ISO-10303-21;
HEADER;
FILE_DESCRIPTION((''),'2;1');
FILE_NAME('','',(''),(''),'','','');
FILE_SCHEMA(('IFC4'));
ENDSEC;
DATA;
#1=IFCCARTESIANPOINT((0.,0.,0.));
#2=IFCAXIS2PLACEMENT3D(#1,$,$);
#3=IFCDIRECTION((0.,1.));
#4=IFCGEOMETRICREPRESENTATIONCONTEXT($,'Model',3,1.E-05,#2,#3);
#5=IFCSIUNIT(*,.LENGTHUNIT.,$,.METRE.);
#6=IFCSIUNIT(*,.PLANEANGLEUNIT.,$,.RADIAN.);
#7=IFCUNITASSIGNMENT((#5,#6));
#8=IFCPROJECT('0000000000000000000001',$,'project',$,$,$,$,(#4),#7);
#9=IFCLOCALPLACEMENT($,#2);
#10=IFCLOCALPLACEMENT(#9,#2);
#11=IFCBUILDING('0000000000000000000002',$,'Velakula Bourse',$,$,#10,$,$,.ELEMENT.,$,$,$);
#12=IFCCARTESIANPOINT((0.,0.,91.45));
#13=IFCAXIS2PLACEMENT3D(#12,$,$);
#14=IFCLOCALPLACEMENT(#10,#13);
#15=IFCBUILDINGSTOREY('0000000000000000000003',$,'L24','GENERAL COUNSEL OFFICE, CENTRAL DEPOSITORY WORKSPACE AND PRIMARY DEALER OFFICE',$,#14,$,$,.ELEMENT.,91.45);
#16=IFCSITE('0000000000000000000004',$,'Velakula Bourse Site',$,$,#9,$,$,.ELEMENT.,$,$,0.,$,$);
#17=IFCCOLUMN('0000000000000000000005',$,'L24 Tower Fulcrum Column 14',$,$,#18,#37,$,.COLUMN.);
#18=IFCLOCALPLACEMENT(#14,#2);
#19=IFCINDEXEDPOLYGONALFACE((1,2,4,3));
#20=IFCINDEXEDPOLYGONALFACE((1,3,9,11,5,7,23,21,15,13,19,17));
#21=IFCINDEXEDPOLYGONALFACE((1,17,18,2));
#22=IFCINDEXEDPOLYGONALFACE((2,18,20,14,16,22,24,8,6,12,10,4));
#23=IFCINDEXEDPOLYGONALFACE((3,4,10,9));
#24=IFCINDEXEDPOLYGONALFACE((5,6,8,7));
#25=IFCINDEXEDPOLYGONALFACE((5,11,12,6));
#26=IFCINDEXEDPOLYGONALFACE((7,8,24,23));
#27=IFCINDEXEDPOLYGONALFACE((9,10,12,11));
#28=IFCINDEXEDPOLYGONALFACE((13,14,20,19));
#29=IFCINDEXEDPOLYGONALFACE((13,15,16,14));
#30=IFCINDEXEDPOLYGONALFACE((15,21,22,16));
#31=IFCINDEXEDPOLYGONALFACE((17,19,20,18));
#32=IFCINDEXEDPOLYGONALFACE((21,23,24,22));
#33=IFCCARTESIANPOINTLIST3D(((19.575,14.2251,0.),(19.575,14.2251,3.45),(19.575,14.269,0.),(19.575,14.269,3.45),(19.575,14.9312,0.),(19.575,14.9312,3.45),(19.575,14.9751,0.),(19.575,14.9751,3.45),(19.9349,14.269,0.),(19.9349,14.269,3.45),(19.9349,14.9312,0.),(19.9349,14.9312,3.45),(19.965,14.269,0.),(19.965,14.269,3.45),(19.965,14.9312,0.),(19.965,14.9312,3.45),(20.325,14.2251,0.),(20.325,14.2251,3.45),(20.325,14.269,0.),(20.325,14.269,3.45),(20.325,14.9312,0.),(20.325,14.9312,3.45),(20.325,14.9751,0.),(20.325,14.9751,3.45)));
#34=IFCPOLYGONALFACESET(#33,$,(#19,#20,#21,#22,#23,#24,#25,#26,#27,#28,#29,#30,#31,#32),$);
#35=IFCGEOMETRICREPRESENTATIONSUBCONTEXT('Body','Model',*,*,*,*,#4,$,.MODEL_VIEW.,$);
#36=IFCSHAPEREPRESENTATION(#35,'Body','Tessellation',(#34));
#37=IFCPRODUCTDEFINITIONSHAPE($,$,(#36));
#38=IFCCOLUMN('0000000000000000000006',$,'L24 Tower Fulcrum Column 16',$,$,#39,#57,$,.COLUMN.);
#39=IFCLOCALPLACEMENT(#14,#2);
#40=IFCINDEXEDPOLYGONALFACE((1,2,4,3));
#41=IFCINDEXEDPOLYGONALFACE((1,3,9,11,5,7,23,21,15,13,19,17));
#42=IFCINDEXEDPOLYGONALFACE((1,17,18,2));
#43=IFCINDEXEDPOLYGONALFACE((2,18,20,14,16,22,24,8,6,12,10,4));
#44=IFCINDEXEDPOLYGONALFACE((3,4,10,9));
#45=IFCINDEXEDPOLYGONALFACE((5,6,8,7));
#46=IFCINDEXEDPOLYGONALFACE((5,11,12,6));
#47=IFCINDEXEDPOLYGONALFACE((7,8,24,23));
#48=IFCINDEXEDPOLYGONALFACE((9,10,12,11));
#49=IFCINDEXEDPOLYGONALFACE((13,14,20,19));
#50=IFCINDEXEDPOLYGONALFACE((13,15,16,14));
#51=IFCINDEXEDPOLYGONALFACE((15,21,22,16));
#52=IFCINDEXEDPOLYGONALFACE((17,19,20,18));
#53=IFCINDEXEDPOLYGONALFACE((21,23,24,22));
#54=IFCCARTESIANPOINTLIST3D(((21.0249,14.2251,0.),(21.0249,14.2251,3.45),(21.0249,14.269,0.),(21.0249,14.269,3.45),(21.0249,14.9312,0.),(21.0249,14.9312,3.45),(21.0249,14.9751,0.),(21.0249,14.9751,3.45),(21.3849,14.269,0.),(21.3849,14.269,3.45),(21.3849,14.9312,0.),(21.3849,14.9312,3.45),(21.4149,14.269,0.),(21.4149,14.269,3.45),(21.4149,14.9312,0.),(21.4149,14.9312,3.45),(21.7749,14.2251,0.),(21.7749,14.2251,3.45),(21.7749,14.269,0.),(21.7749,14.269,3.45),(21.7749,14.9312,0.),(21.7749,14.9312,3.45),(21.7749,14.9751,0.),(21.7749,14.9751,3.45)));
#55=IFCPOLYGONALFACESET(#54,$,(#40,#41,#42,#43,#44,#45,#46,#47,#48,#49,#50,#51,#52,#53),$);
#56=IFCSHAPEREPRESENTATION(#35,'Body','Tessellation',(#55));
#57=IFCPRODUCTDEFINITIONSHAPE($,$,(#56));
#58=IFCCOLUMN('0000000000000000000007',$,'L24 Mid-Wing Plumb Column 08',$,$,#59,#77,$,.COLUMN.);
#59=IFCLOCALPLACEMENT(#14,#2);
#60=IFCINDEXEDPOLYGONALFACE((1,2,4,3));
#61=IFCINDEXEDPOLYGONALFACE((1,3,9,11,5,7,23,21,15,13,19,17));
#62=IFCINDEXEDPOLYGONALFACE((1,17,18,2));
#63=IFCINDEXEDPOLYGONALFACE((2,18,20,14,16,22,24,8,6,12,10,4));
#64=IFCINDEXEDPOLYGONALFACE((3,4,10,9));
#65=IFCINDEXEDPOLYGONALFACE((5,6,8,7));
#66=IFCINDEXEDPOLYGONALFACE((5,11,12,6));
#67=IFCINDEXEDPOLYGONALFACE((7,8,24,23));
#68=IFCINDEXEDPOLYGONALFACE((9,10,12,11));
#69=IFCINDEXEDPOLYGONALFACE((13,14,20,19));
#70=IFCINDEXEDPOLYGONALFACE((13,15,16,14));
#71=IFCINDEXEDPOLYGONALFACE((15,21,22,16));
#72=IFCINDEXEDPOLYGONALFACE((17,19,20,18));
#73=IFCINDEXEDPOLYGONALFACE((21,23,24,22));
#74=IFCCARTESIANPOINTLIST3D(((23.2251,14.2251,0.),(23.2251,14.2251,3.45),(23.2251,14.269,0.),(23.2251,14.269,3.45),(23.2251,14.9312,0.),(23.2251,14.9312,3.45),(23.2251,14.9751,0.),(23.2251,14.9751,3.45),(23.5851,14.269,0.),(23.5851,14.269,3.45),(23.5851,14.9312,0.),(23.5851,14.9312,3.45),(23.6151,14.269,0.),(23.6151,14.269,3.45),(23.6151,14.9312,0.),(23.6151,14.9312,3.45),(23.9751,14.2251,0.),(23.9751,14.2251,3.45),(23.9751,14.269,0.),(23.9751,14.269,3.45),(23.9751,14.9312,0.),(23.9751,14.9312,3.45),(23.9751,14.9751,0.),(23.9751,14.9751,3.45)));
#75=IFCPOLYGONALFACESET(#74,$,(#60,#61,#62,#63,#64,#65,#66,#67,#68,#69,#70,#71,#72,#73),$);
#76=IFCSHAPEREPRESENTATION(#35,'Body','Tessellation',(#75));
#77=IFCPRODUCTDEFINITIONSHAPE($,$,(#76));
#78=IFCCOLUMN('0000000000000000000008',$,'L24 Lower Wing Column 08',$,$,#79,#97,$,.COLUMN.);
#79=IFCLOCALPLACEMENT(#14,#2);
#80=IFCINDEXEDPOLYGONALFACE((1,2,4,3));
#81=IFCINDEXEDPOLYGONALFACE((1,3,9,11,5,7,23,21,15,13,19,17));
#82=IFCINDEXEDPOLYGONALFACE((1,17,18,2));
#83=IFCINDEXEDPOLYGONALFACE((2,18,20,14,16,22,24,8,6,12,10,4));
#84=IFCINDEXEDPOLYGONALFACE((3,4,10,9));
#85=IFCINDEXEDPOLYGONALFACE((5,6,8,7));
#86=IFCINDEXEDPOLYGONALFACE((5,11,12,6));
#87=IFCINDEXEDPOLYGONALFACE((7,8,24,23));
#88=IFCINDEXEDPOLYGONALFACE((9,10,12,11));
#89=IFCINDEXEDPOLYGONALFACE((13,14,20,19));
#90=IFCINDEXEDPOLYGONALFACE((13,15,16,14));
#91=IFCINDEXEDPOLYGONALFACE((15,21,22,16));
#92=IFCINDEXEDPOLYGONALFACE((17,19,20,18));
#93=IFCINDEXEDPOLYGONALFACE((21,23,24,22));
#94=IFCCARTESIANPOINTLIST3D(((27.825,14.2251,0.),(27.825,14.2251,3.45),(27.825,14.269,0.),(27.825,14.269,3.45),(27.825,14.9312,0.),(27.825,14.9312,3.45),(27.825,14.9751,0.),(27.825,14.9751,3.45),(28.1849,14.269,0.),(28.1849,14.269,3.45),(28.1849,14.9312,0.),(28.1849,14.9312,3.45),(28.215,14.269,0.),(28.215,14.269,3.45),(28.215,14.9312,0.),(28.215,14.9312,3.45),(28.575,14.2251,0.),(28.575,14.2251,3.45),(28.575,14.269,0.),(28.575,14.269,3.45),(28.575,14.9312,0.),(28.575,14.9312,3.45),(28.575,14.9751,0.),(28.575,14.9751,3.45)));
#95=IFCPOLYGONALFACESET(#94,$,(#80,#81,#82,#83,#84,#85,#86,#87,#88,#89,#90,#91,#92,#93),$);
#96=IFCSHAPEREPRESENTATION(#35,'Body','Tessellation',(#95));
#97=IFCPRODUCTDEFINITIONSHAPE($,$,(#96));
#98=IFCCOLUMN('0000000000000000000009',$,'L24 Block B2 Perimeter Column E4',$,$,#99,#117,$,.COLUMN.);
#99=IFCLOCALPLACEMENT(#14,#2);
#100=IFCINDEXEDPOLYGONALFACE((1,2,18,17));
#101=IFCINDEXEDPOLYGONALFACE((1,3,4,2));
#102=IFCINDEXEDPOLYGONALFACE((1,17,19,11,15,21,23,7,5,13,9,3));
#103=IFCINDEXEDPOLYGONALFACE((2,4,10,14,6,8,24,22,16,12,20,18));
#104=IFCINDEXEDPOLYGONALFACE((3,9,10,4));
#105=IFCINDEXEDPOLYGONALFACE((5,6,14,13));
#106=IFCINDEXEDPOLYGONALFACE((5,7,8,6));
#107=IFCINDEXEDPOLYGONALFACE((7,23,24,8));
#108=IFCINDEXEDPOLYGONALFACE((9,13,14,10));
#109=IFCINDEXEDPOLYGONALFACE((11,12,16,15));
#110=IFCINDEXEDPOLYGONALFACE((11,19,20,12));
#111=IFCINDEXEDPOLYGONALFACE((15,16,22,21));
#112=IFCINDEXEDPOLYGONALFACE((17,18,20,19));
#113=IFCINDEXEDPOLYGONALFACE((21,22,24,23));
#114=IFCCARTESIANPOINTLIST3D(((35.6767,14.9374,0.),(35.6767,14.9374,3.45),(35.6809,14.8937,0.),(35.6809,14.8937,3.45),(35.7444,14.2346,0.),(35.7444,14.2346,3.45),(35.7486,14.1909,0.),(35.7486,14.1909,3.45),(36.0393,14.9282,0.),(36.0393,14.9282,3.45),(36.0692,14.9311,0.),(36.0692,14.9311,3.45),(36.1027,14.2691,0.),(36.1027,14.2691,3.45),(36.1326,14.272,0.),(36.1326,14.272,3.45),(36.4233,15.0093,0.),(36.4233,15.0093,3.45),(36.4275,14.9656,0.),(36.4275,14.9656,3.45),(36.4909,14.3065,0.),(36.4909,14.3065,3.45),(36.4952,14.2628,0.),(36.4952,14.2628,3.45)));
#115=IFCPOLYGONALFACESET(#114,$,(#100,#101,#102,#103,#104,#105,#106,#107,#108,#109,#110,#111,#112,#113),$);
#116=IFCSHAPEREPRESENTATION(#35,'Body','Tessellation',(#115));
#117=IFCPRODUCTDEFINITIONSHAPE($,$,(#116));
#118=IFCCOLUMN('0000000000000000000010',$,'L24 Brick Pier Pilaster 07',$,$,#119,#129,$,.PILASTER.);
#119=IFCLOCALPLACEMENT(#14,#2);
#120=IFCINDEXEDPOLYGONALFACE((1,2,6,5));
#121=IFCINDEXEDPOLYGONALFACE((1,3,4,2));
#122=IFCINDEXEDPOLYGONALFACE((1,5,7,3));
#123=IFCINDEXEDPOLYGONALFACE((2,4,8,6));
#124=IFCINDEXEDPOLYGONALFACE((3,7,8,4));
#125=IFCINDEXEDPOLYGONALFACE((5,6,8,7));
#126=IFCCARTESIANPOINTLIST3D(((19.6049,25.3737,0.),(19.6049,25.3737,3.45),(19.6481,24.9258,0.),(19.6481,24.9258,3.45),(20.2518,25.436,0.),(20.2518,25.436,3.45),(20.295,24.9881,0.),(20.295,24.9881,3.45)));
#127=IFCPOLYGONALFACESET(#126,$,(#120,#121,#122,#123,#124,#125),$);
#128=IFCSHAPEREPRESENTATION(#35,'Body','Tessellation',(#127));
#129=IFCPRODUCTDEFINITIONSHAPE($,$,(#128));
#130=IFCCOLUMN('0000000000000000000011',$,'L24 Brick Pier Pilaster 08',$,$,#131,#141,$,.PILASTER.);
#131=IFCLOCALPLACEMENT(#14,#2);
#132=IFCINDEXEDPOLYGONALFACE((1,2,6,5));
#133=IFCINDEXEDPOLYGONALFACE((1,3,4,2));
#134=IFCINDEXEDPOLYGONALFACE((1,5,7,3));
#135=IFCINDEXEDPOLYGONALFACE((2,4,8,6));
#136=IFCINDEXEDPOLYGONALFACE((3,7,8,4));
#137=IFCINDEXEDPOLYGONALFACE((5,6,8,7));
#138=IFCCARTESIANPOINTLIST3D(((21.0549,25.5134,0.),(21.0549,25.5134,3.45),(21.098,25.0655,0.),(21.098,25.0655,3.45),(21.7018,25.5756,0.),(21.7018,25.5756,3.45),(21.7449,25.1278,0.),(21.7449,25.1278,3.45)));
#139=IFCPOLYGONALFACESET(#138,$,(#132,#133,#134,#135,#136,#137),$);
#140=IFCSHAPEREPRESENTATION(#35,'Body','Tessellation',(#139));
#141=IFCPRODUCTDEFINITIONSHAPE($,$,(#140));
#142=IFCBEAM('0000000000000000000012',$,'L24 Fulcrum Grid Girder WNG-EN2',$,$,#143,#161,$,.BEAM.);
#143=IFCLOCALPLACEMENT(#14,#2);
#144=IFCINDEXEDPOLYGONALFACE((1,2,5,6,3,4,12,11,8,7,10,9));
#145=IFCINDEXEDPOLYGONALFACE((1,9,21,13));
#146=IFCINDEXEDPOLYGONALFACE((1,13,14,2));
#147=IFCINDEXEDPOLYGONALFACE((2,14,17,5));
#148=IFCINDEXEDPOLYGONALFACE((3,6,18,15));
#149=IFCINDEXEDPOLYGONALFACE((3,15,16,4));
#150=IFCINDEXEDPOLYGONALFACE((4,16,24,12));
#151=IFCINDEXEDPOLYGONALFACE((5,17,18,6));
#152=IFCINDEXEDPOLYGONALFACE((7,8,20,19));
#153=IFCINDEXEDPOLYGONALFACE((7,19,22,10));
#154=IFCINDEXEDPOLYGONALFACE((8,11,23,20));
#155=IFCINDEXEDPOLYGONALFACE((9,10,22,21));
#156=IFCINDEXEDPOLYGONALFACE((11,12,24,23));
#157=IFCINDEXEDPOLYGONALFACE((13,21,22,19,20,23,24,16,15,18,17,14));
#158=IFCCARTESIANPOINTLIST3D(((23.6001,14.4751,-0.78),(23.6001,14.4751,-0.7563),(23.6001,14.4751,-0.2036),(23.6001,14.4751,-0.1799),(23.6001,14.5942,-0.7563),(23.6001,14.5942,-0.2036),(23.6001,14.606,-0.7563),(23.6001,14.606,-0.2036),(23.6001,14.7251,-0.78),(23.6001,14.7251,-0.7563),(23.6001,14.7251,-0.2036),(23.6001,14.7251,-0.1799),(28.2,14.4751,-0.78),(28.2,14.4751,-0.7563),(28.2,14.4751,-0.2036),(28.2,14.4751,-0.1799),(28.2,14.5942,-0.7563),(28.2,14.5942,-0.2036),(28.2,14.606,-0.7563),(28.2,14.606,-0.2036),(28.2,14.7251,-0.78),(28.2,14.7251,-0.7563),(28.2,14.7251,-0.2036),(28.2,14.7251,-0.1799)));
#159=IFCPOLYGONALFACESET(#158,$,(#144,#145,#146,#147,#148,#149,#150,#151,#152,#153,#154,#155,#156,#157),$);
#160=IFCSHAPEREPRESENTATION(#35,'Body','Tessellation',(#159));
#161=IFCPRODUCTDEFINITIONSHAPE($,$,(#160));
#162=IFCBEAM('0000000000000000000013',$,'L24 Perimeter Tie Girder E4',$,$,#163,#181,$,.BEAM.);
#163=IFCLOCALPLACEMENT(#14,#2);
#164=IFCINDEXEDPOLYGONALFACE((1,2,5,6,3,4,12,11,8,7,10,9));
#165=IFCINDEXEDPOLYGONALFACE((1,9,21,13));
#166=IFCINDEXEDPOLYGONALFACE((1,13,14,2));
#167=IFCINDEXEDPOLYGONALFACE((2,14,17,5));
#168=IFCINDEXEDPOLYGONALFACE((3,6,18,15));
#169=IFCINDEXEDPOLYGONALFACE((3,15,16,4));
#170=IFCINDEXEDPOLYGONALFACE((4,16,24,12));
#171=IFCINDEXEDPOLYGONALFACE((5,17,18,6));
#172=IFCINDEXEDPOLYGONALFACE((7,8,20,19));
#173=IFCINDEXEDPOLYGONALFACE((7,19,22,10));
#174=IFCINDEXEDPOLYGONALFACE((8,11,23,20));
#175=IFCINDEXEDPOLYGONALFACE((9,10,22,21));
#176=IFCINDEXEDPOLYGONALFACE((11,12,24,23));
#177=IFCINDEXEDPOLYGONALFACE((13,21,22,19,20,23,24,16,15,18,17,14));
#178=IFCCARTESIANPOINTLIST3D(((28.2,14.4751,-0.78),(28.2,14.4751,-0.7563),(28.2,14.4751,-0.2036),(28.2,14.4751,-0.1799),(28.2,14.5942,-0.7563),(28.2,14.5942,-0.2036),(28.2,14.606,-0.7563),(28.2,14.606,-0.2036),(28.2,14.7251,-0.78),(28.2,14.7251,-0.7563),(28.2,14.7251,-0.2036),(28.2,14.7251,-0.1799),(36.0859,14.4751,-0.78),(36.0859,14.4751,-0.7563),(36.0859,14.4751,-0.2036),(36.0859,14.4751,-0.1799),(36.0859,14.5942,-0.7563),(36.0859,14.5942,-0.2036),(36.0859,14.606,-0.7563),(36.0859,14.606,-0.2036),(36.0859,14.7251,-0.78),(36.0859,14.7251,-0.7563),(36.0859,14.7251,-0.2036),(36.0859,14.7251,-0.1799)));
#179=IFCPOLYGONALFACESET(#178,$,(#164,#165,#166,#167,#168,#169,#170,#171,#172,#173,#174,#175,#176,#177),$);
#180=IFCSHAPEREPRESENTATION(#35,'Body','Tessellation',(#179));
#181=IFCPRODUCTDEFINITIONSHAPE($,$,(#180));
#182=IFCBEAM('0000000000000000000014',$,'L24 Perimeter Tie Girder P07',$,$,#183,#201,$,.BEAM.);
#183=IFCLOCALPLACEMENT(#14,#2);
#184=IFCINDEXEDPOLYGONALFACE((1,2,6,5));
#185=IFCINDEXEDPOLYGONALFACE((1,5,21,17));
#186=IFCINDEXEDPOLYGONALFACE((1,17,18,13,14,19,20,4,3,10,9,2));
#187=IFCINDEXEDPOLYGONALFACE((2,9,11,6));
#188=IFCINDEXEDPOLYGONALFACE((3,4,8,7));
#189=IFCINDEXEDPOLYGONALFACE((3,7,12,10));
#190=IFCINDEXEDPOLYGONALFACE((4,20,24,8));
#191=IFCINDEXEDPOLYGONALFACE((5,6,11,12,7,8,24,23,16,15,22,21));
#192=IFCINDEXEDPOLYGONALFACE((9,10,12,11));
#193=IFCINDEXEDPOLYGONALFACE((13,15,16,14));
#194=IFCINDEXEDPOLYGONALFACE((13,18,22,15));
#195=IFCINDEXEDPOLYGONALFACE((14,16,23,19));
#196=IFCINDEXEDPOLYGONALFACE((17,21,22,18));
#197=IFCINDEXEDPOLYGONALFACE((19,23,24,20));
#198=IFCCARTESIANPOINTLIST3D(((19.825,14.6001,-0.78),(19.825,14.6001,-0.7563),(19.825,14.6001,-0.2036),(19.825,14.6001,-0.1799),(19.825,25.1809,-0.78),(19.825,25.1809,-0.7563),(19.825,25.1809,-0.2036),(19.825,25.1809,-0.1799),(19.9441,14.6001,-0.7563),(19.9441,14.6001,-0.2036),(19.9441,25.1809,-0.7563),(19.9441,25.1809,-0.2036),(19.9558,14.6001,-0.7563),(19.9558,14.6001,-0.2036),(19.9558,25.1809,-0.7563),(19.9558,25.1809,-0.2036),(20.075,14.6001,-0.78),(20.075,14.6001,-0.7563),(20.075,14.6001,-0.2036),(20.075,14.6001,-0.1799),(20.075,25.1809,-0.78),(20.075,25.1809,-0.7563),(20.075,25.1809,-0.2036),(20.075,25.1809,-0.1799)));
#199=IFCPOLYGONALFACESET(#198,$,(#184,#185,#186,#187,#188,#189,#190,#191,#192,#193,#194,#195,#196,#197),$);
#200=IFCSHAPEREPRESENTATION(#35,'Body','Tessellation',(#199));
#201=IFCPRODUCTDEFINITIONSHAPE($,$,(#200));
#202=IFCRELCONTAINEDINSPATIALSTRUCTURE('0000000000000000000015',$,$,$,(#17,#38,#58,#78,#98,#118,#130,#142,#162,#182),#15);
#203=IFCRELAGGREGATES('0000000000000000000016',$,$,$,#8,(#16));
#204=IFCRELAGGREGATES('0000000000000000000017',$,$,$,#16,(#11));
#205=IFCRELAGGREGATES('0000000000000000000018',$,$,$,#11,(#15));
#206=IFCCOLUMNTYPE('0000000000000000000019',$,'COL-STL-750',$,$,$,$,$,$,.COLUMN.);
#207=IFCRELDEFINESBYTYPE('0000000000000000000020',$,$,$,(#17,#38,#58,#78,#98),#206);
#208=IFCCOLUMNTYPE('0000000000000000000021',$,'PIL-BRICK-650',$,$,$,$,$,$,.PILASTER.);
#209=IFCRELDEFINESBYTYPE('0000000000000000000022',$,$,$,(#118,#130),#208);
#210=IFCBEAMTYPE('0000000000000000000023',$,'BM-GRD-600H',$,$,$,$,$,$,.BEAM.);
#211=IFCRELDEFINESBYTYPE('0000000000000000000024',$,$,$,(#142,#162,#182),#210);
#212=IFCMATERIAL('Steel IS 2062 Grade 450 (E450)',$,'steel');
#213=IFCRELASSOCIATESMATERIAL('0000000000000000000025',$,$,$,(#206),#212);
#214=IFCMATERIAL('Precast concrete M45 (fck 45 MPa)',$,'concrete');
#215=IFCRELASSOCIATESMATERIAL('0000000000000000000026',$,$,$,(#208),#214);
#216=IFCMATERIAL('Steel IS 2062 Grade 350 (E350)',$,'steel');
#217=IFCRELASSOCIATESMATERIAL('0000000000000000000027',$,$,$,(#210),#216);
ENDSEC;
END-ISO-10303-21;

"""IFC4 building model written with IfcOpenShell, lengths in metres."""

from ifc_helpers import new_model, si_unit, direction, frame, origin, origin_2d, place, context, subcontext, project, spatial, rectangle, i_section, extrude, material, material_profile, profile_set, type_object, element, save


model = new_model("IFC4")

# Units and contexts
model_context = context("Model", 3, precision=1e-05, world=origin(), true_north=direction((0.0, 1.0)))
body_context = subcontext(model_context, "Body", "Model", "MODEL_VIEW")
ifc_project = project(units=[si_unit("LENGTHUNIT", "METRE"), si_unit("PLANEANGLEUNIT", "RADIAN")], contexts=[model_context])

# Site, building, storey
site_placement = place(None, origin())
site = spatial("IfcSite", under=ifc_project, at=site_placement, Name="Velakula Bourse Site", CompositionType="ELEMENT", RefElevation=0.0)
building_placement = place(site_placement, origin())
building = spatial("IfcBuilding", under=site, at=building_placement, Name="Velakula Bourse", CompositionType="ELEMENT")
storey_placement = place(building_placement, frame((0.0, 0.0, 91.45)))
storey = spatial("IfcBuildingStorey", under=building, at=storey_placement, Name="L24", Description="GENERAL COUNSEL OFFICE, CENTRAL DEPOSITORY WORKSPACE AND PRIMARY DEALER OFFICE", CompositionType="ELEMENT", Elevation=91.45)

# Columns
ifc_material_1 = material(Name="Steel IS 2062 Grade 450 (E450)", Category="steel")
ifc_material_profile_1 = material_profile(ifc_material_1, i_section(OverallWidth=0.75, OverallDepth=0.75, WebThickness=0.03, FlangeThickness=0.0439, at=origin_2d()), Name="Steel IS 2062 Grade 450 (E450)")
ifc_profile_set_1 = profile_set([ifc_material_profile_1], Name="Steel IS 2062 Grade 450 (E450)")
column_type_1 = type_object("IfcColumnType", Name="COL-STL-750", PredefinedType="COLUMN", material=ifc_profile_set_1)
for number, where, z_axis, x_axis, name in (
    (1, (19.95, 14.6001, 0.0), (0.0, 0.0, 1.0), (1.0, 0.0, 0.0), "L24 Tower Fulcrum Column 14"),
    (2, (21.3999, 14.6001, 0.0), (0.0, 0.0, 1.0), (1.0, 0.0, 0.0), "L24 Tower Fulcrum Column 16"),
    (3, (23.6001, 14.6001, 0.0), (0.0, 0.0, 1.0), (1.0, 0.0, 0.0), "L24 Mid-Wing Plumb Column 08"),
    (4, (28.2, 14.6001, 0.0), (0.0, 0.0, 1.0), (1.0, 0.0, 0.0), "L24 Lower Wing Column 08"),
    (5, (36.0859, 14.6001, 0.0), (0.0, 0.0, 1.0), (0.995396, 0.095846, 0.0), "L24 Block B2 Perimeter Column E4"),
):
    element("IfcColumn", number, at=place(storey_placement, frame(where, z_axis=z_axis, x_axis=x_axis)), inside=storey, type_object=column_type_1, Name=name, PredefinedType="COLUMN", context=body_context, shape_type="SweptSolid", body=[
        extrude(i_section(OverallWidth=0.75, OverallDepth=0.75, WebThickness=0.03, FlangeThickness=0.0439, at=origin_2d()), origin(), (0.0, 0.0, 1.0), 3.45),
    ])
ifc_material_2 = material(Name="Precast concrete M45 (fck 45 MPa)", Category="concrete")
ifc_material_profile_2 = material_profile(ifc_material_2, rectangle(XDim=0.6499, YDim=0.45, at=origin_2d()), Name="Precast concrete M45 (fck 45 MPa)")
ifc_profile_set_2 = profile_set([ifc_material_profile_2], Name="Precast concrete M45 (fck 45 MPa)")
column_type_2 = type_object("IfcColumnType", Name="PIL-BRICK-650", PredefinedType="PILASTER", material=ifc_profile_set_2)
for number, where, z_axis, x_axis, name in (
    (6, (19.95, 25.1809, 0.0), (0.0, 0.0, 1.0), (0.995396, 0.095846, 0.0), "L24 Brick Pier Pilaster 07"),
    (7, (21.3999, 25.3206, 0.0), (0.0, 0.0, 1.0), (0.995396, 0.095846, 0.0), "L24 Brick Pier Pilaster 08"),
):
    element("IfcColumn", number, at=place(storey_placement, frame(where, z_axis=z_axis, x_axis=x_axis)), inside=storey, type_object=column_type_2, Name=name, PredefinedType="PILASTER", context=body_context, shape_type="SweptSolid", body=[
        extrude(rectangle(XDim=0.6499, YDim=0.45, at=origin_2d()), origin(), (0.0, 0.0, 1.0), 3.45),
    ])

# Beams
ifc_material_3 = material(Name="Steel IS 2062 Grade 350 (E350)", Category="steel")
ifc_material_profile_3 = material_profile(ifc_material_3, i_section(OverallWidth=0.25, OverallDepth=0.6001, WebThickness=0.0117, FlangeThickness=0.0237, at=origin_2d()), Name="Steel IS 2062 Grade 350 (E350)")
ifc_profile_set_3 = profile_set([ifc_material_profile_3], Name="Steel IS 2062 Grade 350 (E350)")
beam_type_1 = type_object("IfcBeamType", Name="BM-GRD-600H", PredefinedType="BEAM", material=ifc_profile_set_3)
beam_1_placement = place(storey_placement, frame((23.6001, 14.6001, -0.48), z_axis=(1.0, 0.0, 0.0), x_axis=(0.0, 1.0, 0.0)))
element("IfcBeam", 8, at=beam_1_placement, inside=storey, type_object=beam_type_1, Name="L24 Fulcrum Grid Girder WNG-EN2", PredefinedType="BEAM", context=body_context, shape_type="SweptSolid", body=[
    extrude(i_section(OverallWidth=0.25, OverallDepth=0.6001, WebThickness=0.0117, FlangeThickness=0.0237, at=origin_2d()), origin(), (0.0, 0.0, 1.0), 4.5999),
])
beam_2_placement = place(storey_placement, frame((28.2, 14.6001, -0.48), z_axis=(1.0, 0.0, 0.0), x_axis=(0.0, 1.0, 0.0)))
element("IfcBeam", 9, at=beam_2_placement, inside=storey, type_object=beam_type_1, Name="L24 Perimeter Tie Girder E4", PredefinedType="BEAM", context=body_context, shape_type="SweptSolid", body=[
    extrude(i_section(OverallWidth=0.25, OverallDepth=0.6001, WebThickness=0.0117, FlangeThickness=0.0237, at=origin_2d()), origin(), (0.0, 0.0, 1.0), 7.886),
])
beam_3_placement = place(storey_placement, frame((19.95, 14.6001, -0.48), z_axis=(0.0, 1.0, 0.0), x_axis=(-1.0, 0.0, 0.0)))
element("IfcBeam", 10, at=beam_3_placement, inside=storey, type_object=beam_type_1, Name="L24 Perimeter Tie Girder P07", PredefinedType="BEAM", context=body_context, shape_type="SweptSolid", body=[
    extrude(i_section(OverallWidth=0.25, OverallDepth=0.6001, WebThickness=0.0117, FlangeThickness=0.0237, at=origin_2d()), origin(), (0.0, 0.0, 1.0), 10.5808),
])

save(model, "model.ifc")
